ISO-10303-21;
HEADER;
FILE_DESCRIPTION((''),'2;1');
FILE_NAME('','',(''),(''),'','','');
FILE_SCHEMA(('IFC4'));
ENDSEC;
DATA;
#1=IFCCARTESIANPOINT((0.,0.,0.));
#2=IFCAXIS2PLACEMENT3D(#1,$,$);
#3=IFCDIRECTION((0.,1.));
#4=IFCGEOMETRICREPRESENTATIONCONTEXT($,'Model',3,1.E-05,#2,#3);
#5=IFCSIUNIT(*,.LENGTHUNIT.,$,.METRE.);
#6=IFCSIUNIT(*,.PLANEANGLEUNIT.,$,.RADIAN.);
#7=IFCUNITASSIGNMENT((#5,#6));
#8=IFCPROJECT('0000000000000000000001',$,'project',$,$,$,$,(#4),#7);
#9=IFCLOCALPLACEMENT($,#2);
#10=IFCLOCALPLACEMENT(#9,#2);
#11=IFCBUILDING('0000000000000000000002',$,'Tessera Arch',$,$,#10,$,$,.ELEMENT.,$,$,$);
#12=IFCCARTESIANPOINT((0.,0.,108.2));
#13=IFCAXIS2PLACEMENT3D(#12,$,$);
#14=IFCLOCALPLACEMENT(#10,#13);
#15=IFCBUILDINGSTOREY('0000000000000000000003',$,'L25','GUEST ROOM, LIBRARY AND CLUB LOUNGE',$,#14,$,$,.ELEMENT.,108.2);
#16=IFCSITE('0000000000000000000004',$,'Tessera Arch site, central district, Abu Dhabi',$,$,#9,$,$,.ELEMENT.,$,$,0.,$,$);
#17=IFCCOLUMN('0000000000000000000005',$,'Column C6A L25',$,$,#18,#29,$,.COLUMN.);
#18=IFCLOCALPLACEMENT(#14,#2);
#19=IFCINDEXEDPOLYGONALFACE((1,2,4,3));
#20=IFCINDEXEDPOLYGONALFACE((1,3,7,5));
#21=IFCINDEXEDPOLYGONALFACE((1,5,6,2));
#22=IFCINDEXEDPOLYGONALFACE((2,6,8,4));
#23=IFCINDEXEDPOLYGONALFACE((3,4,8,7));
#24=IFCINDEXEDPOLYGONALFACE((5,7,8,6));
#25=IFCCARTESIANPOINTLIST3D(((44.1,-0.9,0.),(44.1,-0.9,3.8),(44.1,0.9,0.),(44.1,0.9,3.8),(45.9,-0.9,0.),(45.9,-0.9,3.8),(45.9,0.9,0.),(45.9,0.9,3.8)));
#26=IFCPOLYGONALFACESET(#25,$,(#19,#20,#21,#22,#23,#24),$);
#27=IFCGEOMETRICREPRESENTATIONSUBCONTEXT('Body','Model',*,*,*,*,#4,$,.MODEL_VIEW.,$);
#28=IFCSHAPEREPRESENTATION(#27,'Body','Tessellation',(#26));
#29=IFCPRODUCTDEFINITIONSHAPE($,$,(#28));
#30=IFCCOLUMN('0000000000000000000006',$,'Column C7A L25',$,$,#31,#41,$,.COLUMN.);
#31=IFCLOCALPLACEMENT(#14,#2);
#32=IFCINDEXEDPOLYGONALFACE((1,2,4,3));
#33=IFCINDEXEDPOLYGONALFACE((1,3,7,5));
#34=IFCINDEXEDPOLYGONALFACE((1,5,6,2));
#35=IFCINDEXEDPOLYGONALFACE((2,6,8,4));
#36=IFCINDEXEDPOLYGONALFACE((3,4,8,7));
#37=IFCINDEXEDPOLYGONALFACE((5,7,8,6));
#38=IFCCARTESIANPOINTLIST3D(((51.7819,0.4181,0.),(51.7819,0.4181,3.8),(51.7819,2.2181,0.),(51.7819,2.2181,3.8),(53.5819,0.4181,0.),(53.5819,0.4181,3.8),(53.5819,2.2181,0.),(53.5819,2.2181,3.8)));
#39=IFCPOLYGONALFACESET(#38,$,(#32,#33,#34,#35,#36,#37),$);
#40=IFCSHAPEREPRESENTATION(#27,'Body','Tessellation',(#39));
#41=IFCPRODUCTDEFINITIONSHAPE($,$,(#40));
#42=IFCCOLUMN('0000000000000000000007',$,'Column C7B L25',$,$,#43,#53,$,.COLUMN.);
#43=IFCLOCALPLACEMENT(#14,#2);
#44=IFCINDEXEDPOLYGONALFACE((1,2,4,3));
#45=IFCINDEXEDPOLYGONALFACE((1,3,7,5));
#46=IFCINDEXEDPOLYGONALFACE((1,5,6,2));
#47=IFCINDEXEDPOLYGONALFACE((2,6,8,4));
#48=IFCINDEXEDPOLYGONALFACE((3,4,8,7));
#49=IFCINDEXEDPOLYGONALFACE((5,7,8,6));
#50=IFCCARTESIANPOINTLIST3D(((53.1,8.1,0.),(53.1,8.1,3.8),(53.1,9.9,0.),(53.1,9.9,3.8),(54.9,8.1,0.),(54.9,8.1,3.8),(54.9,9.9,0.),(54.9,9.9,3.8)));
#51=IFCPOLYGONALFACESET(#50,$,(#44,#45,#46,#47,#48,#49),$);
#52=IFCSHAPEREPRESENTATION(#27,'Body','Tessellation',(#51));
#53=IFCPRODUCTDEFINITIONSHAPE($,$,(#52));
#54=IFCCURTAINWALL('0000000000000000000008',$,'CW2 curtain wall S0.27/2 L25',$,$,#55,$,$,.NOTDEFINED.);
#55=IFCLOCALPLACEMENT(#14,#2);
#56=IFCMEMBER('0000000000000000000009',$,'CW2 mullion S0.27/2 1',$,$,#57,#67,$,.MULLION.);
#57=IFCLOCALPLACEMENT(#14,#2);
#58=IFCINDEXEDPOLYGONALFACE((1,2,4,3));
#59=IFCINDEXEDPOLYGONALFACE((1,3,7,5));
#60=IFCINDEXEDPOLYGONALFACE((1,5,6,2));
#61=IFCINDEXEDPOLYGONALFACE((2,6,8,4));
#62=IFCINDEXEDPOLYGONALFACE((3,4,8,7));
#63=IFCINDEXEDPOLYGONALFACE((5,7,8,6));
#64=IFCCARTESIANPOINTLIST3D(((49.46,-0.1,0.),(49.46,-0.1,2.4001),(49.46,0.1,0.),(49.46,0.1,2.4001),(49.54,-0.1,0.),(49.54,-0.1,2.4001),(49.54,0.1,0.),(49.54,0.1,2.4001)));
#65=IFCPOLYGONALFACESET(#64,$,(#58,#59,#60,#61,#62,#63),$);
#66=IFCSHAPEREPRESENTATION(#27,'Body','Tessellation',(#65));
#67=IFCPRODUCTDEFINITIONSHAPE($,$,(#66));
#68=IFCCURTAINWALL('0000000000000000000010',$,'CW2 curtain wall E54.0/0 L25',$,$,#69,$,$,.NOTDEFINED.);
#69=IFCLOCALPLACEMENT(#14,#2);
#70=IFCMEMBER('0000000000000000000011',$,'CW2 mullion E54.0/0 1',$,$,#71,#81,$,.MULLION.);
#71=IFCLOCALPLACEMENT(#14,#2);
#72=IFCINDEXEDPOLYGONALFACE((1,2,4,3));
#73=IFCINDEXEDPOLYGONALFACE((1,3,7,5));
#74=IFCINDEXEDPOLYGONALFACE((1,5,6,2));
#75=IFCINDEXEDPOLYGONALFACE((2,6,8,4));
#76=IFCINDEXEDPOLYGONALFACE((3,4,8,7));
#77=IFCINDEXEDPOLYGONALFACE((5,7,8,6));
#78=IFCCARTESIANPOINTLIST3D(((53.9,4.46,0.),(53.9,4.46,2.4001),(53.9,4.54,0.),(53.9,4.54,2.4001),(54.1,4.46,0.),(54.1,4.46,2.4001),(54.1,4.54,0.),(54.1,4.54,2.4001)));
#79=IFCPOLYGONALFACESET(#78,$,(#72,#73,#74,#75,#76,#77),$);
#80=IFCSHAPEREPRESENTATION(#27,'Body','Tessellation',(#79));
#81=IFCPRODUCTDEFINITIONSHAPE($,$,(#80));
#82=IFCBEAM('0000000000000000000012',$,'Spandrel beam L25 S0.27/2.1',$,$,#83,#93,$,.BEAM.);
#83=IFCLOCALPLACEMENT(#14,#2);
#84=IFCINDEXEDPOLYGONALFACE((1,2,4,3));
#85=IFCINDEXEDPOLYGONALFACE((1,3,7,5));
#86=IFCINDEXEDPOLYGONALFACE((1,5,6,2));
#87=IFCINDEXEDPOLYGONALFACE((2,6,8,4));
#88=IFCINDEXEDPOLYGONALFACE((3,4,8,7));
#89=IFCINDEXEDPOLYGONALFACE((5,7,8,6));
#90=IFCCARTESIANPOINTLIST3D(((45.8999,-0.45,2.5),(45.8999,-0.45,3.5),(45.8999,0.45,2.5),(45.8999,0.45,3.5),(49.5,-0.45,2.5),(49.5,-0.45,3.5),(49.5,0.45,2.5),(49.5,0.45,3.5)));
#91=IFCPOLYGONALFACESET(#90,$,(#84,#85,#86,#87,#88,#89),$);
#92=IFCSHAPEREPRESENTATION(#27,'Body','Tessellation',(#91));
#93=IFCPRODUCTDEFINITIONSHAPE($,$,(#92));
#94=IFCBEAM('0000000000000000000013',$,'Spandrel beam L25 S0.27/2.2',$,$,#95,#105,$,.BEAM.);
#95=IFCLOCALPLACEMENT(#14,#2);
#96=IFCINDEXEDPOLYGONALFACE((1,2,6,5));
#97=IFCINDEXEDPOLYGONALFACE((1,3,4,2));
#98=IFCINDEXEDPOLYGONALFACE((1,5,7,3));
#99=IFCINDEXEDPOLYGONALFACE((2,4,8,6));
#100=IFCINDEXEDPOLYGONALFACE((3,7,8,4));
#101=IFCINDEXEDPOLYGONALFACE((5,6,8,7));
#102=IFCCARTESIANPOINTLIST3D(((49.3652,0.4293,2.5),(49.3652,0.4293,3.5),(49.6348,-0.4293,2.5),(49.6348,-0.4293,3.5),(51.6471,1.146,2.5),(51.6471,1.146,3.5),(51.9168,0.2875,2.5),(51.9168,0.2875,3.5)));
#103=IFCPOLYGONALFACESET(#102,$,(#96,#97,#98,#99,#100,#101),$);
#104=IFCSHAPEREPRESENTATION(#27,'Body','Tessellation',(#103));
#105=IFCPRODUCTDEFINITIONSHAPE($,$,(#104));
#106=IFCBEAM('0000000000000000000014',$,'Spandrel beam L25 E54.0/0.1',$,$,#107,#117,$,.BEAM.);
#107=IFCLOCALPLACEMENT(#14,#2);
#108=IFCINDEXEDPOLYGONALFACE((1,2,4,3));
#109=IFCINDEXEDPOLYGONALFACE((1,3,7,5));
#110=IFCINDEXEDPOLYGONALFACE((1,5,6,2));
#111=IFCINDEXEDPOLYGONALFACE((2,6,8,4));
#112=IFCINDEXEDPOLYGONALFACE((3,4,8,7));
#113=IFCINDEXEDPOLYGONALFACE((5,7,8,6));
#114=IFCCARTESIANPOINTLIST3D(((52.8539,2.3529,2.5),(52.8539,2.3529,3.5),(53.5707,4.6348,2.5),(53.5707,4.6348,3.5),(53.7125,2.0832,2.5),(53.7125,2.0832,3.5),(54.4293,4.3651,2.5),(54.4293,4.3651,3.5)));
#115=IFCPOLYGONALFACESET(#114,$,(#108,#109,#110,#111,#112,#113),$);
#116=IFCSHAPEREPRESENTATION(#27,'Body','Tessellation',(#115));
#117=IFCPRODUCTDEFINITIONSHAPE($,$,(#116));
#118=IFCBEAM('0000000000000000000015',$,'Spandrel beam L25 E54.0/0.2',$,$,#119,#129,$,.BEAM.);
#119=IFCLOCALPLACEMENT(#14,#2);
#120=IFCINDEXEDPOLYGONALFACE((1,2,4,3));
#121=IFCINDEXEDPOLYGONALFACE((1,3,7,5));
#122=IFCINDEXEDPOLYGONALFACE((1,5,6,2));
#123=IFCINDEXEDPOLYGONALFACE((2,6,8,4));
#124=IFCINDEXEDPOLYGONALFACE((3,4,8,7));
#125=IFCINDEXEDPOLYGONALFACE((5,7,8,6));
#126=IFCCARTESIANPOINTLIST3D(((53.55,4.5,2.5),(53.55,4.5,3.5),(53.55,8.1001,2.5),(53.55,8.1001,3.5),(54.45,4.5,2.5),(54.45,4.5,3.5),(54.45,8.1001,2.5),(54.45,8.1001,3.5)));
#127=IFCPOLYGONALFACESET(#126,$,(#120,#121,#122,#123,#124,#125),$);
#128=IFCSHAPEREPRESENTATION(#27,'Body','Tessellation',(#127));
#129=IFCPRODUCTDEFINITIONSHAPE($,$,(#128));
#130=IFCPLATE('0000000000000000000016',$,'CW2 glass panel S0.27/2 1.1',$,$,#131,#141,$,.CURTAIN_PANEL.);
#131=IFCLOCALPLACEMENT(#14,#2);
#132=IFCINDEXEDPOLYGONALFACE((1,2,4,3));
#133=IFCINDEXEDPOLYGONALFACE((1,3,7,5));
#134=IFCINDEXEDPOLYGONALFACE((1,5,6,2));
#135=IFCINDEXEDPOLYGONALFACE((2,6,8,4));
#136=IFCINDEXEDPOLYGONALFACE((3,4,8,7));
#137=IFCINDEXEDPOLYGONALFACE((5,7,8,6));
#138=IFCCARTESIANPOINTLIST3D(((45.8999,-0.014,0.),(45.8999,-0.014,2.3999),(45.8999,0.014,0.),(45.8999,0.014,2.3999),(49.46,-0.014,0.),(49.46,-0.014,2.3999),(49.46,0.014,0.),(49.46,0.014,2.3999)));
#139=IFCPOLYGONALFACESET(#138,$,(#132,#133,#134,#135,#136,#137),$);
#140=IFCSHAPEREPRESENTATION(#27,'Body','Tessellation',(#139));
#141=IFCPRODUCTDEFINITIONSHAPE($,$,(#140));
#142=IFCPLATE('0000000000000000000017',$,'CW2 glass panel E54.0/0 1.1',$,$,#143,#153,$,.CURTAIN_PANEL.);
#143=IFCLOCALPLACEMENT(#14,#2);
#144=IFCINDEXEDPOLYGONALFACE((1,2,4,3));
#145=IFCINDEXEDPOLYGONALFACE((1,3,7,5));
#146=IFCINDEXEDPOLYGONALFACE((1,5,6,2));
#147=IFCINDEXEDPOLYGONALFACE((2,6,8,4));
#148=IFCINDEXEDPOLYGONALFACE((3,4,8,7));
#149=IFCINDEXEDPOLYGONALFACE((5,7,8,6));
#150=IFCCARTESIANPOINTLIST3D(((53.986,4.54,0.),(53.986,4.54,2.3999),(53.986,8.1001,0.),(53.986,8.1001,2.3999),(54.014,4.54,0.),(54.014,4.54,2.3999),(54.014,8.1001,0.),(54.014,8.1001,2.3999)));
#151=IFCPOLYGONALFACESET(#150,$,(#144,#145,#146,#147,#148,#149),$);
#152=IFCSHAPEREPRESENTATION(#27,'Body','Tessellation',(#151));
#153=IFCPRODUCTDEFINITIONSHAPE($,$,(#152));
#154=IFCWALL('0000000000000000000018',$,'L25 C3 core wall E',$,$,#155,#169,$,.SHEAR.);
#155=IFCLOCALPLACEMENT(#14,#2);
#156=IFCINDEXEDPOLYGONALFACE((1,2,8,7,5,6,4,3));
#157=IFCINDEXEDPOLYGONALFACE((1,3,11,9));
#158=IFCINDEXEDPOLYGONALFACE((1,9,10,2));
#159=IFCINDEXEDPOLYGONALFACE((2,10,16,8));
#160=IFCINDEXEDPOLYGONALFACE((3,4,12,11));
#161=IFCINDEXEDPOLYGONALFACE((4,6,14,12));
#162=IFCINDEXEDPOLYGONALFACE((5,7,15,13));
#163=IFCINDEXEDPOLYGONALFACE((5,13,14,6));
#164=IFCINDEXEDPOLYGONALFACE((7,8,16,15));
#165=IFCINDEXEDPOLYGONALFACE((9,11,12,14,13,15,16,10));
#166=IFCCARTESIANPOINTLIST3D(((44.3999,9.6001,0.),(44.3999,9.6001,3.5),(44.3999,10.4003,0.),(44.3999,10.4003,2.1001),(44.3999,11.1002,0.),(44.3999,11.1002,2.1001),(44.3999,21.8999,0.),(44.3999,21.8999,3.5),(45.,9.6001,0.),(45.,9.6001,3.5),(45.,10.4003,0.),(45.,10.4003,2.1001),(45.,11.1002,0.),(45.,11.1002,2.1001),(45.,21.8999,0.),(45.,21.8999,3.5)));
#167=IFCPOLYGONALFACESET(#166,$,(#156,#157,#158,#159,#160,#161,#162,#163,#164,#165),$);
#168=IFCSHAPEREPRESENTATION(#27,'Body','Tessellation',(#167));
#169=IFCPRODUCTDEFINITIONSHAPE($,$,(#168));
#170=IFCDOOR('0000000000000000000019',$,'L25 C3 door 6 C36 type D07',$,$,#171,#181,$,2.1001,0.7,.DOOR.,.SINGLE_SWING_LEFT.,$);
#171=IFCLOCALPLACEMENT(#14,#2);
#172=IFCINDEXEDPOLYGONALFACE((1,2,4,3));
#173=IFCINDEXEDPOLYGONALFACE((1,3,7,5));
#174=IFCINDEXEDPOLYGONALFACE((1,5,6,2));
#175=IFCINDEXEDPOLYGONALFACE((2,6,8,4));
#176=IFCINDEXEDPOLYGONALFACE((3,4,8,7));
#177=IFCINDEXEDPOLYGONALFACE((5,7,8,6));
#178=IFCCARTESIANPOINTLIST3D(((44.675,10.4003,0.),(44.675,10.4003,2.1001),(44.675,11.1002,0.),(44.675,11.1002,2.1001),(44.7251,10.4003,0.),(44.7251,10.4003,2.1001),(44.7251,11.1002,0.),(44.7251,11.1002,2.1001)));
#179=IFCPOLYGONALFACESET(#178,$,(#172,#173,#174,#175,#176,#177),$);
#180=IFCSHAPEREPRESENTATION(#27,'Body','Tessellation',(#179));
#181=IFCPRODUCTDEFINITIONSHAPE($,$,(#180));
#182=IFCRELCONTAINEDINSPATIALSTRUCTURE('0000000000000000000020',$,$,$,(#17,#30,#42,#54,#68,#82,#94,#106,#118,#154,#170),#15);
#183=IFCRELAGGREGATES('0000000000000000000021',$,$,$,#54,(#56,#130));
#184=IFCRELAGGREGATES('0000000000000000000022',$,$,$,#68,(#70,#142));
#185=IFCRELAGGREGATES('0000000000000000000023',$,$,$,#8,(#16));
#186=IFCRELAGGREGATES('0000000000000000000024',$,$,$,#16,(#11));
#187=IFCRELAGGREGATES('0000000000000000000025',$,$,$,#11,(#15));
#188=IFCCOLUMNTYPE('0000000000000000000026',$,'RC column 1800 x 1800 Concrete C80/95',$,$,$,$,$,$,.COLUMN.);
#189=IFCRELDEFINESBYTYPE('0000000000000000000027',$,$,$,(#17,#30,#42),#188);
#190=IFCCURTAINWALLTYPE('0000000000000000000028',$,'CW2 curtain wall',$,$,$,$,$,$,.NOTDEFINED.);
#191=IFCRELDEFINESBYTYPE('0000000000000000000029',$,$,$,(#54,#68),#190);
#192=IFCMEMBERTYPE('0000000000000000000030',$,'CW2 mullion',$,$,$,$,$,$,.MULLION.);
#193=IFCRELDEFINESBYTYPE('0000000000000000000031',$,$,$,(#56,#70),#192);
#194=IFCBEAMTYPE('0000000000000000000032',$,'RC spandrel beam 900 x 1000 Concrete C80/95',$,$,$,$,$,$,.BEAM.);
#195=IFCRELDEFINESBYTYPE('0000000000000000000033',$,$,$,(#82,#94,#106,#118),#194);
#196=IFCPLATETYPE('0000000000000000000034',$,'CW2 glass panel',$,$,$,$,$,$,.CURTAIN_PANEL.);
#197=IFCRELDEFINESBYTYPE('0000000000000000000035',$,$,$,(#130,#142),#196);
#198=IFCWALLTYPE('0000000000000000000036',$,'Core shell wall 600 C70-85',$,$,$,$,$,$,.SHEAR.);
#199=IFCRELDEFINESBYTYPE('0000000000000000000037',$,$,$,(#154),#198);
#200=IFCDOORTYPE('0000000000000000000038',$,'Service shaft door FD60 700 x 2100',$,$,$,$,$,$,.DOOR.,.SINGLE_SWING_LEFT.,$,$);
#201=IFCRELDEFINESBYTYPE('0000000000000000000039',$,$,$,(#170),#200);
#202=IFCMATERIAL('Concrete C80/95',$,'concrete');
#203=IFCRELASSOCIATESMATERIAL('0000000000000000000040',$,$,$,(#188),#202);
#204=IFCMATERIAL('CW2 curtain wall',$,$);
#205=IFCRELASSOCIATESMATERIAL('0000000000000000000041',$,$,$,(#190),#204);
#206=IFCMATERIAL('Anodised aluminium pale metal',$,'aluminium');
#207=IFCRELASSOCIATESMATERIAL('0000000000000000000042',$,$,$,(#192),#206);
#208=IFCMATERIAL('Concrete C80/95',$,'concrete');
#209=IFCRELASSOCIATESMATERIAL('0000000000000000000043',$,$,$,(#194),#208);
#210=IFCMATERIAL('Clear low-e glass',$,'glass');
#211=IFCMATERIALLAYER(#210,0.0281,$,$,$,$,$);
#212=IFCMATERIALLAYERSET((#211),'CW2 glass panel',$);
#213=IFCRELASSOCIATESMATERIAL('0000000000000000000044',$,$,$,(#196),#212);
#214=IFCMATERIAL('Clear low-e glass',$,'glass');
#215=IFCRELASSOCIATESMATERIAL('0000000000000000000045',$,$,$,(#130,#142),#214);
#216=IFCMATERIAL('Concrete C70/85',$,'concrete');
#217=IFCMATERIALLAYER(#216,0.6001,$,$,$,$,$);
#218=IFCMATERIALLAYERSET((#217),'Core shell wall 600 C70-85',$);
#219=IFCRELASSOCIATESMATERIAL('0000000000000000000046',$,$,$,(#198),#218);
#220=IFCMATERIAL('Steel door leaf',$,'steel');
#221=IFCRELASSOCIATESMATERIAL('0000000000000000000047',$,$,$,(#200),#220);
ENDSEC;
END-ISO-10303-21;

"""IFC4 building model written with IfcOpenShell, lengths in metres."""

from ifc_helpers import new_model, si_unit, direction, frame, frame_2d, origin, origin_2d, place, context, subcontext, project, spatial, rectangle, extrude, material, layer, layer_set, material_profile, profile_set, type_object, element, fill, aggregate, save


model = new_model("IFC4")

# Units and contexts
model_context = context("Model", 3, precision=1e-05, world=origin(), true_north=direction((0.0, 1.0)))
body_context = subcontext(model_context, "Body", "Model", "MODEL_VIEW")
ifc_project = project(units=[si_unit("LENGTHUNIT", "METRE"), si_unit("PLANEANGLEUNIT", "RADIAN")], contexts=[model_context])

# Site, building, storey
site_placement = place(None, origin())
site = spatial("IfcSite", under=ifc_project, at=site_placement, Name="Tessera Arch site, central district, Abu Dhabi", CompositionType="ELEMENT", RefElevation=0.0)
building_placement = place(site_placement, origin())
building = spatial("IfcBuilding", under=site, at=building_placement, Name="Tessera Arch", CompositionType="ELEMENT")
storey_placement = place(building_placement, frame((0.0, 0.0, 108.2)))
storey = spatial("IfcBuildingStorey", under=building, at=storey_placement, Name="L25", Description="GUEST ROOM, LIBRARY AND CLUB LOUNGE", CompositionType="ELEMENT", Elevation=108.2)

# Columns
ifc_material_1 = material(Name="Concrete C80/95", Category="concrete")
ifc_material_profile_1 = material_profile(ifc_material_1, rectangle(XDim=1.8, YDim=1.8, at=origin_2d()), Name="RC column 1800 x 1800 Concrete C80/95")
ifc_profile_set_1 = profile_set([ifc_material_profile_1], Name="Concrete C80/95")
column_type = type_object("IfcColumnType", Name="RC column 1800 x 1800 Concrete C80/95", PredefinedType="COLUMN", material=ifc_profile_set_1)
for number, where, z_axis, x_axis, name in (
    (1, (45.0, 0.0, 0.0), (0.0, 0.0, 1.0), (1.0, 0.0, 0.0), "Column C6A L25"),
    (2, (52.6819, 1.3181, 0.0), (0.0, 0.0, 1.0), (1.0, 0.0, 0.0), "Column C7A L25"),
    (3, (54.0, 9.0, 0.0), (0.0, 0.0, 1.0), (1.0, 0.0, 0.0), "Column C7B L25"),
):
    element("IfcColumn", number, at=place(storey_placement, frame(where, z_axis=z_axis, x_axis=x_axis)), inside=storey, type_object=column_type, Name=name, PredefinedType="COLUMN", context=body_context, shape_type="SweptSolid", body=[
        extrude(rectangle(XDim=1.8, YDim=1.8, at=origin_2d()), origin(), (0.0, 0.0, 1.0), 3.8),
    ])

# Curtain walls, members
ifc_material_2 = material(Name="CW2 curtain wall")
curtain_wall_type = type_object("IfcCurtainWallType", Name="CW2 curtain wall", PredefinedType="NOTDEFINED", material=ifc_material_2)
curtain_wall_1_placement = place(storey_placement, origin())
curtain_wall_1 = element("IfcCurtainWall", 4, at=curtain_wall_1_placement, inside=storey, type_object=curtain_wall_type, Name="CW2 curtain wall S0.27/2 L25", PredefinedType="NOTDEFINED")
ifc_material_3 = material(Name="Anodised aluminium pale metal", Category="aluminium")
ifc_material_profile_2 = material_profile(ifc_material_3, rectangle(XDim=0.2, YDim=0.0801, at=origin_2d()), Name="AL 80x200")
ifc_profile_set_2 = profile_set([ifc_material_profile_2], Name="Anodised aluminium pale metal")
member_type = type_object("IfcMemberType", Name="CW2 mullion", PredefinedType="MULLION", material=ifc_profile_set_2)
member_1_placement = place(storey_placement, frame((49.5, 0.0, 0.0), z_axis=(0.0, 0.0, 1.0), x_axis=(0.0, 1.0, 0.0)))
member_1 = element("IfcMember", 5, at=member_1_placement, type_object=member_type, Name="CW2 mullion S0.27/2 1", PredefinedType="MULLION", context=body_context, shape_type="SweptSolid", body=[
    extrude(rectangle(XDim=0.2, YDim=0.0801, at=origin_2d()), origin(), (0.0, 0.0, 1.0), 2.4001),
])
curtain_wall_2_placement = place(storey_placement, origin())
curtain_wall_2 = element("IfcCurtainWall", 6, at=curtain_wall_2_placement, inside=storey, type_object=curtain_wall_type, Name="CW2 curtain wall E54.0/0 L25", PredefinedType="NOTDEFINED")
member_2_placement = place(storey_placement, frame((54.0, 4.5, 0.0), z_axis=(0.0, 0.0, 1.0), x_axis=(-1.0, 0.0, 0.0)))
member_2 = element("IfcMember", 7, at=member_2_placement, type_object=member_type, Name="CW2 mullion E54.0/0 1", PredefinedType="MULLION", context=body_context, shape_type="SweptSolid", body=[
    extrude(rectangle(XDim=0.2, YDim=0.0801, at=origin_2d()), origin(), (0.0, 0.0, 1.0), 2.4001),
])

# Beams
ifc_material_4 = material(Name="Concrete C80/95", Category="concrete")
ifc_material_profile_3 = material_profile(ifc_material_4, rectangle(XDim=0.8999, YDim=1.0, at=origin_2d()), Name="RC spandrel beam 900 x 1000 Concrete C80/95")
ifc_profile_set_3 = profile_set([ifc_material_profile_3], Name="Concrete C80/95")
beam_type = type_object("IfcBeamType", Name="RC spandrel beam 900 x 1000 Concrete C80/95", PredefinedType="BEAM", material=ifc_profile_set_3)
beam_1_placement = place(storey_placement, frame((45.8999, 0.0, 3.0), z_axis=(1.0, 0.0, 0.0), x_axis=(0.0, 1.0, 0.0)))
element("IfcBeam", 8, at=beam_1_placement, inside=storey, type_object=beam_type, Name="Spandrel beam L25 S0.27/2.1", PredefinedType="BEAM", context=body_context, shape_type="SweptSolid", body=[
    extrude(rectangle(XDim=0.8999, YDim=1.0, at=origin_2d()), origin(), (0.0, 0.0, 1.0), 3.6001),
])
for number, where, z_axis, x_axis, name in (
    (9, (49.5, 0.0, 3.0), (0.954041, 0.299675, 0.0), (-0.299675, 0.954041, 0.0), "Spandrel beam L25 S0.27/2.2"),
    (10, (53.2832, 2.218, 3.0), (0.299675, 0.954041, 0.0), (-0.954041, 0.299675, 0.0), "Spandrel beam L25 E54.0/0.1"),
):
    element("IfcBeam", number, at=place(storey_placement, frame(where, z_axis=z_axis, x_axis=x_axis)), inside=storey, type_object=beam_type, Name=name, PredefinedType="BEAM", context=body_context, shape_type="SweptSolid", body=[
        extrude(rectangle(XDim=0.8999, YDim=1.0, at=origin_2d()), origin(), (0.0, 0.0, 1.0), 2.3918),
    ])
beam_2_placement = place(storey_placement, frame((54.0, 4.5, 3.0), z_axis=(0.0, 1.0, 0.0), x_axis=(-1.0, 0.0, 0.0)))
element("IfcBeam", 11, at=beam_2_placement, inside=storey, type_object=beam_type, Name="Spandrel beam L25 E54.0/0.2", PredefinedType="BEAM", context=body_context, shape_type="SweptSolid", body=[
    extrude(rectangle(XDim=0.8999, YDim=1.0, at=origin_2d()), origin(), (0.0, 0.0, 1.0), 3.6001),
])

# Plates
ifc_material_5 = material(Name="Clear low-e glass", Category="glass")
ifc_material_6 = material(Name="Clear low-e glass", Category="glass")
ifc_layer_1 = layer(ifc_material_6, 0.0281)
ifc_layer_set_1 = layer_set([ifc_layer_1], Name="CW2 glass panel")
plate_type = type_object("IfcPlateType", Name="CW2 glass panel", PredefinedType="CURTAIN_PANEL", material=ifc_layer_set_1)
plate_1_placement = place(storey_placement, frame((47.6799, 0.0, 0.0), z_axis=(0.0, 0.0, 1.0), x_axis=(1.0, 0.0, 0.0)))
plate_1 = element("IfcPlate", 12, at=plate_1_placement, type_object=plate_type, material=ifc_material_5, Name="CW2 glass panel S0.27/2 1.1", PredefinedType="CURTAIN_PANEL", context=body_context, shape_type="SweptSolid", body=[
    extrude(rectangle(XDim=3.5601, YDim=0.0281, at=origin_2d()), origin(), (0.0, 0.0, 1.0), 2.3999),
])
aggregate(curtain_wall_1, [member_1, plate_1])
plate_2_placement = place(storey_placement, frame((54.0, 6.3201, 0.0), z_axis=(0.0, 0.0, 1.0), x_axis=(0.0, 1.0, 0.0)))
plate_2 = element("IfcPlate", 13, at=plate_2_placement, type_object=plate_type, material=ifc_material_5, Name="CW2 glass panel E54.0/0 1.1", PredefinedType="CURTAIN_PANEL", context=body_context, shape_type="SweptSolid", body=[
    extrude(rectangle(XDim=3.5601, YDim=0.0281, at=origin_2d()), origin(), (0.0, 0.0, 1.0), 2.3999),
])
aggregate(curtain_wall_2, [member_2, plate_2])

# Wall, opening, door
ifc_material_7 = material(Name="Concrete C70/85", Category="concrete")
ifc_layer_2 = layer(ifc_material_7, 0.6001)
ifc_layer_set_2 = layer_set([ifc_layer_2], Name="Core shell wall 600 C70-85")
wall_type_1 = type_object("IfcWallType", Name="Core shell wall 600 C70-85", PredefinedType="SHEAR", material=ifc_layer_set_2)
wall_1_placement = place(storey_placement, frame((44.7, 9.6001, 0.0), z_axis=(0.0, 0.0, 1.0), x_axis=(0.0, 1.0, 0.0)))
wall_1 = element("IfcWall", 14, at=wall_1_placement, inside=storey, type_object=wall_type_1, Name="L25 C3 core wall E", PredefinedType="SHEAR", context=body_context, shape_type="SweptSolid", body=[
    extrude(rectangle(XDim=12.2998, YDim=0.6001, at=frame_2d((6.1499, 0.0))), origin(), (0.0, 0.0, 1.0), 3.5),
])
opening_1_placement = place(wall_1_placement, frame((0.8, 0.0, 0.0)))
opening_1 = element("IfcOpeningElement", 15, at=opening_1_placement, cuts=wall_1, PredefinedType="OPENING", context=body_context, shape_type="SweptSolid", body=[
    extrude(rectangle(XDim=0.7, YDim=2.1001, at=frame_2d((0.3501, 1.05))), frame((0.0, 0.3101, 0.0), z_axis=(0.0, -1.0, 0.0), x_axis=(1.0, 0.0, 0.0)), (0.0, 0.0, 1.0), 0.6201),
])
ifc_material_8 = material(Name="Steel door leaf", Category="steel")
door_type_1 = type_object("IfcDoorType", Name="Service shaft door FD60 700 x 2100", OperationType="SINGLE_SWING_LEFT", PredefinedType="DOOR", material=ifc_material_8)
door_1_placement = place(opening_1_placement, origin())
door_1 = element("IfcDoor", 16, at=door_1_placement, inside=storey, type_object=door_type_1, Name="L25 C3 door 6 C36 type D07", OperationType="SINGLE_SWING_LEFT", OverallHeight=2.1001, OverallWidth=0.7, PredefinedType="DOOR", context=body_context, shape_type="SweptSolid", body=[
    extrude(rectangle(XDim=0.7, YDim=2.1001, at=frame_2d((0.3501, 1.05))), frame((0.0, 0.0249, 0.0), z_axis=(0.0, -1.0, 0.0), x_axis=(1.0, 0.0, 0.0)), (0.0, 0.0, 1.0), 0.05),
])
fill(opening_1, door_1)

save(model, "model.ifc")
